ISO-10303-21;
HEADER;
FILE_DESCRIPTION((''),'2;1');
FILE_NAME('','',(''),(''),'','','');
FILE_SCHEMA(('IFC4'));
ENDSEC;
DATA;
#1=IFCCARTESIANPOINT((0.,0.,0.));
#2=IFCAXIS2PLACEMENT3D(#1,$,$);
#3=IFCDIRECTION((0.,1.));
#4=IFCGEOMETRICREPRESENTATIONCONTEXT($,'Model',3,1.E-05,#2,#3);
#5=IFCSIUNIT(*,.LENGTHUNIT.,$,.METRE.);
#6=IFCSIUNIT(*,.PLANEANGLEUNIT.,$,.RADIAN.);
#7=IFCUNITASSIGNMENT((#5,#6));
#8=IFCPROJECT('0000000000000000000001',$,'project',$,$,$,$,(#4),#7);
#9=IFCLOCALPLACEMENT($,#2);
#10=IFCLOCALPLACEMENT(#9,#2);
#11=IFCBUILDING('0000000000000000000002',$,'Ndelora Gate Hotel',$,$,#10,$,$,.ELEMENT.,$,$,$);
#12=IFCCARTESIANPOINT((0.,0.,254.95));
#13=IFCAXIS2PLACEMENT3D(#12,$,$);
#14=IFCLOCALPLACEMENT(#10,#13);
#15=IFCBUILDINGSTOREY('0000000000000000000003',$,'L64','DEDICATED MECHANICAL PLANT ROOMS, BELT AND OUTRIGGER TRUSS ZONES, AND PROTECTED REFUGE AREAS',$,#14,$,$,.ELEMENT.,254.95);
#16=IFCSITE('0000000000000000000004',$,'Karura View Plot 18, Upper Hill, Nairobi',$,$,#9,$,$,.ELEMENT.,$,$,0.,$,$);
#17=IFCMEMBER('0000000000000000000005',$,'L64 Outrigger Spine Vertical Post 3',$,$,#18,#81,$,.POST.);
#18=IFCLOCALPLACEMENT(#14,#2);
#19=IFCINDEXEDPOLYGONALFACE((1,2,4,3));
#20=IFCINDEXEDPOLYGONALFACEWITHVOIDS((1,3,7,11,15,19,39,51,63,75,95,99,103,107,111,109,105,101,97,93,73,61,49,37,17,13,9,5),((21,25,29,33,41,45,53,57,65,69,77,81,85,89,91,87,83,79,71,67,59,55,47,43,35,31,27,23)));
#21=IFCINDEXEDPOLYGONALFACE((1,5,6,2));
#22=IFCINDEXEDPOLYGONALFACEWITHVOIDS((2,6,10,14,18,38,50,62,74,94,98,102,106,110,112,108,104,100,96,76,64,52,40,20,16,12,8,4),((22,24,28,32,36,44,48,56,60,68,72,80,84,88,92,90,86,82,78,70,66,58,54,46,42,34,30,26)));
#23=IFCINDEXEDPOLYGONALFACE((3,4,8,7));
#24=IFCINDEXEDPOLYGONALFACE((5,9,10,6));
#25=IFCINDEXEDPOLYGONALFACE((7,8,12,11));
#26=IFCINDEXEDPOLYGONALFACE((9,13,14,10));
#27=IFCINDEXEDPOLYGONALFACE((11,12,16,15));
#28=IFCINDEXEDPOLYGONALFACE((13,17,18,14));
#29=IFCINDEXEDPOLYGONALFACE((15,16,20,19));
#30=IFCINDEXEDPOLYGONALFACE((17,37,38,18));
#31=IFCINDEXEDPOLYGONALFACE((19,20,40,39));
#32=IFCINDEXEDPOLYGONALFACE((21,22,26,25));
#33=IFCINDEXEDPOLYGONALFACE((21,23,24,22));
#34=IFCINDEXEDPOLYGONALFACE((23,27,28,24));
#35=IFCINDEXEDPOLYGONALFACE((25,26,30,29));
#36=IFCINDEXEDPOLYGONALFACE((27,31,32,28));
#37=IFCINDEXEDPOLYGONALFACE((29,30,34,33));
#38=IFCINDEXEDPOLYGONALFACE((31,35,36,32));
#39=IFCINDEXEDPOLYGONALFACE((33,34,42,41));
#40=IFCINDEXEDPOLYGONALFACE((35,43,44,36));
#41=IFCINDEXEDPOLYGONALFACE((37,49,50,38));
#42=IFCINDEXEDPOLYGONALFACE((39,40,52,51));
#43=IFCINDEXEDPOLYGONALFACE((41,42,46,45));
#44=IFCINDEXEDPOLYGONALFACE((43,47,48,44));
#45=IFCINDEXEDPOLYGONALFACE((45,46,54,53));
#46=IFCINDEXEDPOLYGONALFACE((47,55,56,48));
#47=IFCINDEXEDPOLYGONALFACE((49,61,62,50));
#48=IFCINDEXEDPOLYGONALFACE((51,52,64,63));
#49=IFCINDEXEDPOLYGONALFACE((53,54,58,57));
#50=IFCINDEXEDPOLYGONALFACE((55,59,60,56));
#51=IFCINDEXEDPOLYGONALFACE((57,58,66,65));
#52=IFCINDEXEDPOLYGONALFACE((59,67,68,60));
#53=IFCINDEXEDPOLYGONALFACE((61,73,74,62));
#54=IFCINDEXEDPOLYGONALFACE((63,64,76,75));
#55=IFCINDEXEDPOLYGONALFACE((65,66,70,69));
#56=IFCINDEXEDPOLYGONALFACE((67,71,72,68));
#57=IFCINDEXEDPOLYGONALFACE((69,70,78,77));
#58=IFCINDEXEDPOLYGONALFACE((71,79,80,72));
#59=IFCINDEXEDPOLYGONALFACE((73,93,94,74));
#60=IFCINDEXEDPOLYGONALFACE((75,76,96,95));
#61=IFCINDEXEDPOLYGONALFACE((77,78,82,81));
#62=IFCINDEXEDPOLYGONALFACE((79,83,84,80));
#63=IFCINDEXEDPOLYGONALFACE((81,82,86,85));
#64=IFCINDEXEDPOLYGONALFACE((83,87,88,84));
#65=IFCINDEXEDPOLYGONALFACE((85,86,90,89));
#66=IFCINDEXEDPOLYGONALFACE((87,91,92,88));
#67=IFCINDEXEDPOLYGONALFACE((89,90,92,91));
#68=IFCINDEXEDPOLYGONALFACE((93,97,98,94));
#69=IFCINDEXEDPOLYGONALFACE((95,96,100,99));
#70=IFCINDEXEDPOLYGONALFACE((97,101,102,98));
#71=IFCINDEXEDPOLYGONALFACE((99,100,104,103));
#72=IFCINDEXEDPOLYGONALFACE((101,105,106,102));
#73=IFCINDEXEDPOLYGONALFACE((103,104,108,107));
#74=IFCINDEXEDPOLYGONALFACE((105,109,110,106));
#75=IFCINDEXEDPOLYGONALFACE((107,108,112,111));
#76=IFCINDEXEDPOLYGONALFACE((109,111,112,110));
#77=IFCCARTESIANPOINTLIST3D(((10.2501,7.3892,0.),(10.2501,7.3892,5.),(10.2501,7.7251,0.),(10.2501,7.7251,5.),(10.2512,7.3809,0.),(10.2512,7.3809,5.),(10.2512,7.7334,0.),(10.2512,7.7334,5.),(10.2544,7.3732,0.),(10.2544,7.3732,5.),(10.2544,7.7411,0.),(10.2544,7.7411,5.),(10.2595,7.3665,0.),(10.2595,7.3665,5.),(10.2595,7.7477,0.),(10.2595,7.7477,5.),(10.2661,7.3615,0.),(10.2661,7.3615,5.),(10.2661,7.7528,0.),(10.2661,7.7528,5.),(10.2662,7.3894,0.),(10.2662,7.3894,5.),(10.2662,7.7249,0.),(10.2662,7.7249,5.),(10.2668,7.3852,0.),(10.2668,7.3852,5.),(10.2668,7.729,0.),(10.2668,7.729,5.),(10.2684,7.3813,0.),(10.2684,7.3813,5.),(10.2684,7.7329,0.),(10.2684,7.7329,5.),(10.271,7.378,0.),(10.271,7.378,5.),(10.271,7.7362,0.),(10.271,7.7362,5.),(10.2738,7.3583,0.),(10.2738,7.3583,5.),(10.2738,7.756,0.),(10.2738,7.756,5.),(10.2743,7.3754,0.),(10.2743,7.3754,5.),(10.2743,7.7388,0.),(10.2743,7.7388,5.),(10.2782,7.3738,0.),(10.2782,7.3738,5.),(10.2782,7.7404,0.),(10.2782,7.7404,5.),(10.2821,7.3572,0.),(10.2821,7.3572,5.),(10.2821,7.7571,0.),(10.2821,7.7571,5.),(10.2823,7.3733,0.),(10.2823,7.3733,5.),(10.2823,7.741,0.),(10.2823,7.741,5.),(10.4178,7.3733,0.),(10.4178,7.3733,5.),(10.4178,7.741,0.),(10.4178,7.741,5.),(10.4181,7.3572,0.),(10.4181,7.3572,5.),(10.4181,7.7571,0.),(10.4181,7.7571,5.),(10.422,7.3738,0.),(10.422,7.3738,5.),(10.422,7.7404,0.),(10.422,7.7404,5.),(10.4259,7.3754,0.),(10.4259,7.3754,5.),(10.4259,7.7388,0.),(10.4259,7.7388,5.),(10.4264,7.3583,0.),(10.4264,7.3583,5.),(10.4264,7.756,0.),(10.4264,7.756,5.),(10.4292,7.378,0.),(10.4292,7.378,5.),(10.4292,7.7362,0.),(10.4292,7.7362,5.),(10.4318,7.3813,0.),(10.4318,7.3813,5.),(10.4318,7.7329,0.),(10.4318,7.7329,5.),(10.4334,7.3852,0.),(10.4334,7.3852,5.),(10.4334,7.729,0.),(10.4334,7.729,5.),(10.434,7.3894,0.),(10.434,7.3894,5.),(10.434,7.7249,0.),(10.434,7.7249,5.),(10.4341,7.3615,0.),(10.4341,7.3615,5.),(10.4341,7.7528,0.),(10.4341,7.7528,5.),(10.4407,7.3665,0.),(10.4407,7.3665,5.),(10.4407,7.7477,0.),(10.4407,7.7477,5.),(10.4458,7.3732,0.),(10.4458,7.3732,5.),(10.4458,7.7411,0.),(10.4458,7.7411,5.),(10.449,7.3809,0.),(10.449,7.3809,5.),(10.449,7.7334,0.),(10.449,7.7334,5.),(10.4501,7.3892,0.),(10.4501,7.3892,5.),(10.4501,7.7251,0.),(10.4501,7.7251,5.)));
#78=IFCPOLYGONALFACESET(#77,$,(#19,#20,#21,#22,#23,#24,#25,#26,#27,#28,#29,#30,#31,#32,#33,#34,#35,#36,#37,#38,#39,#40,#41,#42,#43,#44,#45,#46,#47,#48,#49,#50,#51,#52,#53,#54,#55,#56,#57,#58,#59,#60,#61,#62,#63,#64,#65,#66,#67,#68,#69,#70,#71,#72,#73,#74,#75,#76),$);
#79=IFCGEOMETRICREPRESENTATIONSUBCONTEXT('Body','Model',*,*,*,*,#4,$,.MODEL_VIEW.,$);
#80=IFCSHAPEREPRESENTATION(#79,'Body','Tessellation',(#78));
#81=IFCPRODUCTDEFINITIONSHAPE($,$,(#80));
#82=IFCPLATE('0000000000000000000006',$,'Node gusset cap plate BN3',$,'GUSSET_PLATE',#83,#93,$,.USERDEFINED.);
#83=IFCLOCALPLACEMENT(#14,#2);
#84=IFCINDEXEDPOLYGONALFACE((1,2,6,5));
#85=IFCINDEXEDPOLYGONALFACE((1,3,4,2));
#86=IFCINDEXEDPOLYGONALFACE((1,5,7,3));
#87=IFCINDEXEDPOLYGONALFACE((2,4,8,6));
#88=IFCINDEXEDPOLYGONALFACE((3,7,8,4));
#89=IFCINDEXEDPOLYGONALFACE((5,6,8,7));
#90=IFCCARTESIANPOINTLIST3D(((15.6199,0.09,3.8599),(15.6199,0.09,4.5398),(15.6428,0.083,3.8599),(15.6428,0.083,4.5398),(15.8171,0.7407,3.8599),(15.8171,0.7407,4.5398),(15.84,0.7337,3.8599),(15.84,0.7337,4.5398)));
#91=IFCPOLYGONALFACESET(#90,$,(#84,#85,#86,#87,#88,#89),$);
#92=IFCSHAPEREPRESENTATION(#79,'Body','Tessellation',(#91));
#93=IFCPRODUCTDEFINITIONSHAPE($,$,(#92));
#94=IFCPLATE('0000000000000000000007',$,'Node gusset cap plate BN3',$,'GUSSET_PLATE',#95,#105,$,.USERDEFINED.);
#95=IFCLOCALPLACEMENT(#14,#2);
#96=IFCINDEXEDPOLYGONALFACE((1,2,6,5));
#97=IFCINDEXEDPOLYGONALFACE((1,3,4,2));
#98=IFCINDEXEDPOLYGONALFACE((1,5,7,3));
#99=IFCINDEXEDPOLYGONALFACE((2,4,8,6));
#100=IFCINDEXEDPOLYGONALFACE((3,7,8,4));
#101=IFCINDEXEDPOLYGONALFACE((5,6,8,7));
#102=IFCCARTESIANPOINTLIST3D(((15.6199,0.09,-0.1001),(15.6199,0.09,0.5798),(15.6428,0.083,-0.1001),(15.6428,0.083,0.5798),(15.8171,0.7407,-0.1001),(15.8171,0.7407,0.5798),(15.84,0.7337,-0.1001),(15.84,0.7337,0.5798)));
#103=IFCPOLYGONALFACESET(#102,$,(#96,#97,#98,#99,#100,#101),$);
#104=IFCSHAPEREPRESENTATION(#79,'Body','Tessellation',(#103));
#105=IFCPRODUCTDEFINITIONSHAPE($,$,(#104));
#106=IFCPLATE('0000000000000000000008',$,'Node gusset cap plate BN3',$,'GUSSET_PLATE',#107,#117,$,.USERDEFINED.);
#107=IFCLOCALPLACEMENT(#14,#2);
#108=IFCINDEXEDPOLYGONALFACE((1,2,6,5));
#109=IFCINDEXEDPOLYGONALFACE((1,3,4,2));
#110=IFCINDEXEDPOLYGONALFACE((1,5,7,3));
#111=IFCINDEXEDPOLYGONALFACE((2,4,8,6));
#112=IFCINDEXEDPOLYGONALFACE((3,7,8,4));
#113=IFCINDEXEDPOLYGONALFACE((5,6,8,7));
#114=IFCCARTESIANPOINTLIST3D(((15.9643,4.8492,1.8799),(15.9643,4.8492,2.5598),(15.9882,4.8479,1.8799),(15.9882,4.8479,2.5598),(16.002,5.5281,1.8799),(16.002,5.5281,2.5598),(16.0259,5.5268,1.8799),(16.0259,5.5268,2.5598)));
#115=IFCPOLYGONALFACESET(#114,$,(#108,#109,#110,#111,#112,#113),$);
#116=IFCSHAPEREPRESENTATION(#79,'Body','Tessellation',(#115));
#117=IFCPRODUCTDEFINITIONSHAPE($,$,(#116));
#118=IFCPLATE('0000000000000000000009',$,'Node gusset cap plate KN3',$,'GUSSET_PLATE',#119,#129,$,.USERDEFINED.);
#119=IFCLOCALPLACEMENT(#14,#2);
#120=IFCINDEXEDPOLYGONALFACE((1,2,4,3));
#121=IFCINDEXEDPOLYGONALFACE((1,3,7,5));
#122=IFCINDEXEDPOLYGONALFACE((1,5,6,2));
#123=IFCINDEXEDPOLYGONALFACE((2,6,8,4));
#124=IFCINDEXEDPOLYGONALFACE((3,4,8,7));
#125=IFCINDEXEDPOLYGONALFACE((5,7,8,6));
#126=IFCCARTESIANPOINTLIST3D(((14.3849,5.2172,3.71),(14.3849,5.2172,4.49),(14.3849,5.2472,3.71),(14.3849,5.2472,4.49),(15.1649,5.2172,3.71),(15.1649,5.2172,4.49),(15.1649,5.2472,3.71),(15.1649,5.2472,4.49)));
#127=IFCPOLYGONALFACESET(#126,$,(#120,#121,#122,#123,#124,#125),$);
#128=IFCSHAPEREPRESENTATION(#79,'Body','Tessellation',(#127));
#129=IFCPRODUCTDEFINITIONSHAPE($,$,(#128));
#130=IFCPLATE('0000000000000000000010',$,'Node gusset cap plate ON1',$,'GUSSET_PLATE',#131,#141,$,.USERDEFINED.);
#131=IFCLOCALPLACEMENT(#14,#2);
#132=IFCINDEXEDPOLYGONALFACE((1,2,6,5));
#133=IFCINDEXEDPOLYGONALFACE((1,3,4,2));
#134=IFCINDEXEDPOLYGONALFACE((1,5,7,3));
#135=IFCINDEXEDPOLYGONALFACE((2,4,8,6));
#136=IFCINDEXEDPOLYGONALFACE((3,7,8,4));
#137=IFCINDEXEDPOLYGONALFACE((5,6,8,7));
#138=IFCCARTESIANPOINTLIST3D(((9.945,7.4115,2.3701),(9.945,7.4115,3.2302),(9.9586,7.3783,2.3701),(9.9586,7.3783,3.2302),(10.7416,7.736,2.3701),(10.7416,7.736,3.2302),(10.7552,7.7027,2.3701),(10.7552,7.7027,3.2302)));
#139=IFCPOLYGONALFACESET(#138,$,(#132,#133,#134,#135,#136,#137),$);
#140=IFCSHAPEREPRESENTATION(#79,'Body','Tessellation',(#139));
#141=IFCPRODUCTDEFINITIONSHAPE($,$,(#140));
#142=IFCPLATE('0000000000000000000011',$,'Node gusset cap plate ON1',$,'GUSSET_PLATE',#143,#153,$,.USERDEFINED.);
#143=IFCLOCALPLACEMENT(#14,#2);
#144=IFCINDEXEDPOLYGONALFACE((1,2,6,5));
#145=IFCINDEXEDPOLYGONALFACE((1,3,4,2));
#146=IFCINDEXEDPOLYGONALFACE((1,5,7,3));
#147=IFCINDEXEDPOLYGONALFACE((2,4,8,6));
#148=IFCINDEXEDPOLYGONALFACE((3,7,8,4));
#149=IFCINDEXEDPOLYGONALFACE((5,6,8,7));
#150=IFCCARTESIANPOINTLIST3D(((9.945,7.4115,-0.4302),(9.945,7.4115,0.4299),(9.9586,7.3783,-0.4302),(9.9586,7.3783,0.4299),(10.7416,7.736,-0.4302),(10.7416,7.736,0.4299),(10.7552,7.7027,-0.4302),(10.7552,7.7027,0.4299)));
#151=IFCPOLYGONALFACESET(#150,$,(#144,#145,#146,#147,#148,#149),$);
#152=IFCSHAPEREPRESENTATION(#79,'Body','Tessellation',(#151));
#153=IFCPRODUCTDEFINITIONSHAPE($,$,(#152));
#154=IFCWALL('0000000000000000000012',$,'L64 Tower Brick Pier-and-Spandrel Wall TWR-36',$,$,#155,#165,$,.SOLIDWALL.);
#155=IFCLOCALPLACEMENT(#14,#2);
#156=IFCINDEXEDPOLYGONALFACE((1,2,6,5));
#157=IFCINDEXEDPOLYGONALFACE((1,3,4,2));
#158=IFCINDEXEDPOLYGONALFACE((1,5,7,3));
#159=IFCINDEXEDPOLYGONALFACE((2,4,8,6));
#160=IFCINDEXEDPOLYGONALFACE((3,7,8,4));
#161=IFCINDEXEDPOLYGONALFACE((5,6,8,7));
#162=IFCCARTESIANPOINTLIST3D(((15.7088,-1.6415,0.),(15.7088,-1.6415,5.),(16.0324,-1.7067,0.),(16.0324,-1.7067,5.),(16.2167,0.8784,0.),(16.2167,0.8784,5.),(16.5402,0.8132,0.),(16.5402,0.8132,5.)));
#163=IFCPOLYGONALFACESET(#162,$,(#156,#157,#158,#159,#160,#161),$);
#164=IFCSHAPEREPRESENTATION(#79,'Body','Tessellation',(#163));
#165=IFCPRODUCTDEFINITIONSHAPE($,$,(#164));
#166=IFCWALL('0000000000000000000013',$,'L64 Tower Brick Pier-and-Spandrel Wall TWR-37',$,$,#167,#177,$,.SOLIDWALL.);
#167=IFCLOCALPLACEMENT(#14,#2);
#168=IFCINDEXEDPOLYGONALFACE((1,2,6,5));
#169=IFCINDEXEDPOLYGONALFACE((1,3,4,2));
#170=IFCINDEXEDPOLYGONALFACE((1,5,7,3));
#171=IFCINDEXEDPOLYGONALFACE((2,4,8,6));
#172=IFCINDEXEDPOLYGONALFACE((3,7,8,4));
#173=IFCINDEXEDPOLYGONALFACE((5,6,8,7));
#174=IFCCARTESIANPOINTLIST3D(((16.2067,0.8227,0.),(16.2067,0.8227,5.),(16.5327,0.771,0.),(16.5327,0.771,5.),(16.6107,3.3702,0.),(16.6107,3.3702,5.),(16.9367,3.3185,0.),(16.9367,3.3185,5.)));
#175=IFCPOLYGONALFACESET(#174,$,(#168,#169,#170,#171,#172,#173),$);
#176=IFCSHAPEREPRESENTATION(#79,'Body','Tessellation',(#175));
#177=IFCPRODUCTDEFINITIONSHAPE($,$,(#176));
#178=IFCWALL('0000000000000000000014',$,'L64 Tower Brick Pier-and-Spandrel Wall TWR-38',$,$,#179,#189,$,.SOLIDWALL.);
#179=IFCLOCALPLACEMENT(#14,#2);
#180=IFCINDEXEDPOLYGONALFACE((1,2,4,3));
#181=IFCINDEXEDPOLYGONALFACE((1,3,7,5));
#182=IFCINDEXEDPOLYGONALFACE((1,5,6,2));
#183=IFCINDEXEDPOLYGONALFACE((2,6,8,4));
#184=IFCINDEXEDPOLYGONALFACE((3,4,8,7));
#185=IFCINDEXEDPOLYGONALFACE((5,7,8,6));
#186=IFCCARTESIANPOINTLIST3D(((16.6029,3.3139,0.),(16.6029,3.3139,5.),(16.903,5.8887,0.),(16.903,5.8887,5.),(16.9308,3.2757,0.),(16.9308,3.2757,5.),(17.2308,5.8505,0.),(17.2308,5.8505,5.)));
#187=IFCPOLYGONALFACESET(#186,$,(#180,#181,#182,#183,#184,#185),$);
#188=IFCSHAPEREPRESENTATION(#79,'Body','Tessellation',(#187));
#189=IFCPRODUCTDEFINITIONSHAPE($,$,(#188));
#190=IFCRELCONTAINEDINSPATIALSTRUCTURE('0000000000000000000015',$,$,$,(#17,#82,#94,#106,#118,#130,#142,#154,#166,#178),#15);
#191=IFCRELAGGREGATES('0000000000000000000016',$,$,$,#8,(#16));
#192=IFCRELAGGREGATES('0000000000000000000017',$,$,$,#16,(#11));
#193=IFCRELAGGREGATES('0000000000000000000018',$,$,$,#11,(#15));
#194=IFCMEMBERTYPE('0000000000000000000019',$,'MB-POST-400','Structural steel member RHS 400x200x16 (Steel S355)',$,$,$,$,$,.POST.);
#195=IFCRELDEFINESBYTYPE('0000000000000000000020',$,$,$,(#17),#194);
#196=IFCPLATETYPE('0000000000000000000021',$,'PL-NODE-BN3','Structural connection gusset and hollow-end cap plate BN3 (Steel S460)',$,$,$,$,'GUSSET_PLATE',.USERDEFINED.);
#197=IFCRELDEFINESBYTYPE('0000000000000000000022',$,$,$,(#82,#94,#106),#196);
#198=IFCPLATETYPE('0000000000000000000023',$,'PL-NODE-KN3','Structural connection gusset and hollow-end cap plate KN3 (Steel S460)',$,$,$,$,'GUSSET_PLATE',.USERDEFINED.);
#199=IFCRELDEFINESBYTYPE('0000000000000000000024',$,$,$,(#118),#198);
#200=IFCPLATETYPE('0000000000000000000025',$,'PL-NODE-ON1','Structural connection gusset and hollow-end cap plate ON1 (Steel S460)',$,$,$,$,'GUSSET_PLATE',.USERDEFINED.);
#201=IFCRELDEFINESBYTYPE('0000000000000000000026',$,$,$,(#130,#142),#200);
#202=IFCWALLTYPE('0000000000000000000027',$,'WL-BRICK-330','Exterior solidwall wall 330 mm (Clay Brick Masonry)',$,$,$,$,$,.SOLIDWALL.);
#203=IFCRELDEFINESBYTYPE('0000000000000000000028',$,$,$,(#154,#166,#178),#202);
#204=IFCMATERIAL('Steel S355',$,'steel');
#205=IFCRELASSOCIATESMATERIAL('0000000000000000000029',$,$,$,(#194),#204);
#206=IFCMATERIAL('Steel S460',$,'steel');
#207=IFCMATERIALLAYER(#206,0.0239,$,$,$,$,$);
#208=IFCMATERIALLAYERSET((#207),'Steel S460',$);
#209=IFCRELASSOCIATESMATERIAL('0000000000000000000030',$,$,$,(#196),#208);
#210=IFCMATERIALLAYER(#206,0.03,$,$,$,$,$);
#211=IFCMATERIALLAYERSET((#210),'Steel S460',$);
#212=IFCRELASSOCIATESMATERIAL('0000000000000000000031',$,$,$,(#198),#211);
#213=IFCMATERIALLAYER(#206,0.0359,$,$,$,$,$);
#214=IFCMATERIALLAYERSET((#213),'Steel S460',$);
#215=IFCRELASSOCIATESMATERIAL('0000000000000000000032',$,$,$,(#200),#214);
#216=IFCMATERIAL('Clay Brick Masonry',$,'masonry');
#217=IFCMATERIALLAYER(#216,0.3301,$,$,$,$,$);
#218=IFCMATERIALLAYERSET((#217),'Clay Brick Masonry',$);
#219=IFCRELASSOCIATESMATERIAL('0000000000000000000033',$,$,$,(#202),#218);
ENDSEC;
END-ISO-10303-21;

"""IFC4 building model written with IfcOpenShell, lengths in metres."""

from ifc_helpers import new_model, si_unit, direction, frame, frame_2d, origin, origin_2d, place, context, subcontext, project, spatial, rectangle, hollow_rectangle, extrude, material, layer, layer_set, material_profile, profile_set, type_object, element, save


model = new_model("IFC4")

# Units and contexts
model_context = context("Model", 3, precision=1e-05, world=origin(), true_north=direction((0.0, 1.0)))
body_context = subcontext(model_context, "Body", "Model", "MODEL_VIEW")
ifc_project = project(units=[si_unit("LENGTHUNIT", "METRE"), si_unit("PLANEANGLEUNIT", "RADIAN")], contexts=[model_context])

# Site, building, storey
site_placement = place(None, origin())
site = spatial("IfcSite", under=ifc_project, at=site_placement, Name="Karura View Plot 18, Upper Hill, Nairobi", CompositionType="ELEMENT", RefElevation=0.0)
building_placement = place(site_placement, origin())
building = spatial("IfcBuilding", under=site, at=building_placement, Name="Ndelora Gate Hotel", CompositionType="ELEMENT")
storey_placement = place(building_placement, frame((0.0, 0.0, 254.95)))
storey = spatial("IfcBuildingStorey", under=building, at=storey_placement, Name="L64", Description="DEDICATED MECHANICAL PLANT ROOMS, BELT AND OUTRIGGER TRUSS ZONES, AND PROTECTED REFUGE AREAS", CompositionType="ELEMENT", Elevation=254.95)

# Shared definitions
ifc_material_1 = material(Name="Steel S460", Category="steel")

# Member
ifc_material_2 = material(Name="Steel S355", Category="steel")
ifc_material_profile_1 = material_profile(ifc_material_2, hollow_rectangle(XDim=0.2, YDim=0.3999, WallThickness=0.0161, InnerFilletRadius=0.0161, OuterFilletRadius=0.032, at=origin_2d()), Name="RHS 400x200x16")
ifc_profile_set_1 = profile_set([ifc_material_profile_1], Name="Steel S355")
member_type_1 = type_object("IfcMemberType", Name="MB-POST-400", Description="Structural steel member RHS 400x200x16 (Steel S355)", PredefinedType="POST", material=ifc_profile_set_1)
member_1_placement = place(storey_placement, frame((10.3501, 7.5571, 0.0), z_axis=(0.0, 0.0, 1.0), x_axis=(1.0, 0.0, 0.0)))
element("IfcMember", 1, at=member_1_placement, inside=storey, type_object=member_type_1, Name="L64 Outrigger Spine Vertical Post 3", PredefinedType="POST", context=body_context, shape_type="SweptSolid", body=[
    extrude(hollow_rectangle(XDim=0.2, YDim=0.3999, WallThickness=0.0161, InnerFilletRadius=0.0161, OuterFilletRadius=0.032, at=origin_2d()), origin(), (0.0, 0.0, 1.0), 5.0),
])

# Plates
ifc_layer_1 = layer(ifc_material_1, 0.0239)
ifc_layer_set_1 = layer_set([ifc_layer_1], Name="Steel S460")
plate_type_1 = type_object("IfcPlateType", Name="PL-NODE-BN3", Description="Structural connection gusset and hollow-end cap plate BN3 (Steel S460)", ElementType="GUSSET_PLATE", PredefinedType="USERDEFINED", material=ifc_layer_set_1)
for number, where, z_axis, x_axis, name in (
    (2, (15.73, 0.4119, 3.8599), (0.0, 0.0, 1.0), (0.290034, 0.957016, 0.0), "Node gusset cap plate BN3"),
    (3, (15.73, 0.4119, -0.1001), (0.0, 0.0, 1.0), (0.290034, 0.957016, 0.0), "Node gusset cap plate BN3"),
    (4, (15.9951, 5.188, 1.8799), (0.0, 0.0, 1.0), (0.055473, 0.99846, 0.0), "Node gusset cap plate BN3"),
):
    element("IfcPlate", number, at=place(storey_placement, frame(where, z_axis=z_axis, x_axis=x_axis)), inside=storey, type_object=plate_type_1, Name=name, ObjectType="GUSSET_PLATE", PredefinedType="USERDEFINED", context=body_context, shape_type="SweptSolid", body=[
        extrude(rectangle(XDim=0.6799, YDim=0.0239, at=origin_2d()), origin(), (0.0, 0.0, 1.0), 0.6799),
    ])
ifc_layer_2 = layer(ifc_material_1, 0.03)
ifc_layer_set_2 = layer_set([ifc_layer_2], Name="Steel S460")
plate_type_2 = type_object("IfcPlateType", Name="PL-NODE-KN3", Description="Structural connection gusset and hollow-end cap plate KN3 (Steel S460)", ElementType="GUSSET_PLATE", PredefinedType="USERDEFINED", material=ifc_layer_set_2)
plate_placement = place(storey_placement, frame((14.7749, 5.2322, 3.71), z_axis=(0.0, 0.0, 1.0), x_axis=(1.0, 0.0, 0.0)))
element("IfcPlate", 5, at=plate_placement, inside=storey, type_object=plate_type_2, Name="Node gusset cap plate KN3", ObjectType="GUSSET_PLATE", PredefinedType="USERDEFINED", context=body_context, shape_type="SweptSolid", body=[
    extrude(rectangle(XDim=0.78, YDim=0.03, at=origin_2d()), origin(), (0.0, 0.0, 1.0), 0.78),
])
ifc_layer_3 = layer(ifc_material_1, 0.0359)
ifc_layer_set_3 = layer_set([ifc_layer_3], Name="Steel S460")
plate_type_3 = type_object("IfcPlateType", Name="PL-NODE-ON1", Description="Structural connection gusset and hollow-end cap plate ON1 (Steel S460)", ElementType="GUSSET_PLATE", PredefinedType="USERDEFINED", material=ifc_layer_set_3)
for number, where, z_axis, x_axis, name in (
    (6, (10.3501, 7.5571, 2.3701), (0.0, 0.0, 1.0), (0.926134, 0.377194, 0.0), "Node gusset cap plate ON1"),
    (7, (10.3501, 7.5571, -0.4302), (0.0, 0.0, 1.0), (0.926134, 0.377194, 0.0), "Node gusset cap plate ON1"),
):
    element("IfcPlate", number, at=place(storey_placement, frame(where, z_axis=z_axis, x_axis=x_axis)), inside=storey, type_object=plate_type_3, Name=name, ObjectType="GUSSET_PLATE", PredefinedType="USERDEFINED", context=body_context, shape_type="SweptSolid", body=[
        extrude(rectangle(XDim=0.8601, YDim=0.0359, at=origin_2d()), origin(), (0.0, 0.0, 1.0), 0.8601),
    ])

# Walls
ifc_material_3 = material(Name="Clay Brick Masonry", Category="masonry")
ifc_layer_4 = layer(ifc_material_3, 0.3301)
ifc_layer_set_4 = layer_set([ifc_layer_4], Name="Clay Brick Masonry")
wall_type_1 = type_object("IfcWallType", Name="WL-BRICK-330", Description="Exterior solidwall wall 330 mm (Clay Brick Masonry)", PredefinedType="SOLIDWALL", material=ifc_layer_set_4)
wall_1_placement = place(storey_placement, frame((16.3784, 0.8457, 0.0), z_axis=(0.0, 0.0, 1.0), x_axis=(-0.197559, -0.980291, 0.0)))
element("IfcWall", 8, at=wall_1_placement, inside=storey, type_object=wall_type_1, Name="L64 Tower Brick Pier-and-Spandrel Wall TWR-36", PredefinedType="SOLIDWALL", context=body_context, shape_type="SweptSolid", body=[
    extrude(rectangle(XDim=2.5706, YDim=0.3301, at=frame_2d((1.2852, 0.0))), origin(), (0.0, 0.0, 1.0), 5.0),
])
wall_2_placement = place(storey_placement, frame((16.7737, 3.3442, 0.0), z_axis=(0.0, 0.0, 1.0), x_axis=(-0.156643, -0.987655, 0.0)))
element("IfcWall", 9, at=wall_2_placement, inside=storey, type_object=wall_type_1, Name="L64 Tower Brick Pier-and-Spandrel Wall TWR-37", PredefinedType="SOLIDWALL", context=body_context, shape_type="SweptSolid", body=[
    extrude(rectangle(XDim=2.5793, YDim=0.3301, at=frame_2d((1.2896, 0.0))), origin(), (0.0, 0.0, 1.0), 5.0),
])
wall_3_placement = place(storey_placement, frame((17.0669, 5.8696, 0.0), z_axis=(0.0, 0.0, 1.0), x_axis=(-0.115743, -0.993279, 0.0)))
element("IfcWall", 10, at=wall_3_placement, inside=storey, type_object=wall_type_1, Name="L64 Tower Brick Pier-and-Spandrel Wall TWR-38", PredefinedType="SOLIDWALL", context=body_context, shape_type="SweptSolid", body=[
    extrude(rectangle(XDim=2.5923, YDim=0.3301, at=frame_2d((1.2961, 0.0))), origin(), (0.0, 0.0, 1.0), 5.0),
])

save(model, "model.ifc")
